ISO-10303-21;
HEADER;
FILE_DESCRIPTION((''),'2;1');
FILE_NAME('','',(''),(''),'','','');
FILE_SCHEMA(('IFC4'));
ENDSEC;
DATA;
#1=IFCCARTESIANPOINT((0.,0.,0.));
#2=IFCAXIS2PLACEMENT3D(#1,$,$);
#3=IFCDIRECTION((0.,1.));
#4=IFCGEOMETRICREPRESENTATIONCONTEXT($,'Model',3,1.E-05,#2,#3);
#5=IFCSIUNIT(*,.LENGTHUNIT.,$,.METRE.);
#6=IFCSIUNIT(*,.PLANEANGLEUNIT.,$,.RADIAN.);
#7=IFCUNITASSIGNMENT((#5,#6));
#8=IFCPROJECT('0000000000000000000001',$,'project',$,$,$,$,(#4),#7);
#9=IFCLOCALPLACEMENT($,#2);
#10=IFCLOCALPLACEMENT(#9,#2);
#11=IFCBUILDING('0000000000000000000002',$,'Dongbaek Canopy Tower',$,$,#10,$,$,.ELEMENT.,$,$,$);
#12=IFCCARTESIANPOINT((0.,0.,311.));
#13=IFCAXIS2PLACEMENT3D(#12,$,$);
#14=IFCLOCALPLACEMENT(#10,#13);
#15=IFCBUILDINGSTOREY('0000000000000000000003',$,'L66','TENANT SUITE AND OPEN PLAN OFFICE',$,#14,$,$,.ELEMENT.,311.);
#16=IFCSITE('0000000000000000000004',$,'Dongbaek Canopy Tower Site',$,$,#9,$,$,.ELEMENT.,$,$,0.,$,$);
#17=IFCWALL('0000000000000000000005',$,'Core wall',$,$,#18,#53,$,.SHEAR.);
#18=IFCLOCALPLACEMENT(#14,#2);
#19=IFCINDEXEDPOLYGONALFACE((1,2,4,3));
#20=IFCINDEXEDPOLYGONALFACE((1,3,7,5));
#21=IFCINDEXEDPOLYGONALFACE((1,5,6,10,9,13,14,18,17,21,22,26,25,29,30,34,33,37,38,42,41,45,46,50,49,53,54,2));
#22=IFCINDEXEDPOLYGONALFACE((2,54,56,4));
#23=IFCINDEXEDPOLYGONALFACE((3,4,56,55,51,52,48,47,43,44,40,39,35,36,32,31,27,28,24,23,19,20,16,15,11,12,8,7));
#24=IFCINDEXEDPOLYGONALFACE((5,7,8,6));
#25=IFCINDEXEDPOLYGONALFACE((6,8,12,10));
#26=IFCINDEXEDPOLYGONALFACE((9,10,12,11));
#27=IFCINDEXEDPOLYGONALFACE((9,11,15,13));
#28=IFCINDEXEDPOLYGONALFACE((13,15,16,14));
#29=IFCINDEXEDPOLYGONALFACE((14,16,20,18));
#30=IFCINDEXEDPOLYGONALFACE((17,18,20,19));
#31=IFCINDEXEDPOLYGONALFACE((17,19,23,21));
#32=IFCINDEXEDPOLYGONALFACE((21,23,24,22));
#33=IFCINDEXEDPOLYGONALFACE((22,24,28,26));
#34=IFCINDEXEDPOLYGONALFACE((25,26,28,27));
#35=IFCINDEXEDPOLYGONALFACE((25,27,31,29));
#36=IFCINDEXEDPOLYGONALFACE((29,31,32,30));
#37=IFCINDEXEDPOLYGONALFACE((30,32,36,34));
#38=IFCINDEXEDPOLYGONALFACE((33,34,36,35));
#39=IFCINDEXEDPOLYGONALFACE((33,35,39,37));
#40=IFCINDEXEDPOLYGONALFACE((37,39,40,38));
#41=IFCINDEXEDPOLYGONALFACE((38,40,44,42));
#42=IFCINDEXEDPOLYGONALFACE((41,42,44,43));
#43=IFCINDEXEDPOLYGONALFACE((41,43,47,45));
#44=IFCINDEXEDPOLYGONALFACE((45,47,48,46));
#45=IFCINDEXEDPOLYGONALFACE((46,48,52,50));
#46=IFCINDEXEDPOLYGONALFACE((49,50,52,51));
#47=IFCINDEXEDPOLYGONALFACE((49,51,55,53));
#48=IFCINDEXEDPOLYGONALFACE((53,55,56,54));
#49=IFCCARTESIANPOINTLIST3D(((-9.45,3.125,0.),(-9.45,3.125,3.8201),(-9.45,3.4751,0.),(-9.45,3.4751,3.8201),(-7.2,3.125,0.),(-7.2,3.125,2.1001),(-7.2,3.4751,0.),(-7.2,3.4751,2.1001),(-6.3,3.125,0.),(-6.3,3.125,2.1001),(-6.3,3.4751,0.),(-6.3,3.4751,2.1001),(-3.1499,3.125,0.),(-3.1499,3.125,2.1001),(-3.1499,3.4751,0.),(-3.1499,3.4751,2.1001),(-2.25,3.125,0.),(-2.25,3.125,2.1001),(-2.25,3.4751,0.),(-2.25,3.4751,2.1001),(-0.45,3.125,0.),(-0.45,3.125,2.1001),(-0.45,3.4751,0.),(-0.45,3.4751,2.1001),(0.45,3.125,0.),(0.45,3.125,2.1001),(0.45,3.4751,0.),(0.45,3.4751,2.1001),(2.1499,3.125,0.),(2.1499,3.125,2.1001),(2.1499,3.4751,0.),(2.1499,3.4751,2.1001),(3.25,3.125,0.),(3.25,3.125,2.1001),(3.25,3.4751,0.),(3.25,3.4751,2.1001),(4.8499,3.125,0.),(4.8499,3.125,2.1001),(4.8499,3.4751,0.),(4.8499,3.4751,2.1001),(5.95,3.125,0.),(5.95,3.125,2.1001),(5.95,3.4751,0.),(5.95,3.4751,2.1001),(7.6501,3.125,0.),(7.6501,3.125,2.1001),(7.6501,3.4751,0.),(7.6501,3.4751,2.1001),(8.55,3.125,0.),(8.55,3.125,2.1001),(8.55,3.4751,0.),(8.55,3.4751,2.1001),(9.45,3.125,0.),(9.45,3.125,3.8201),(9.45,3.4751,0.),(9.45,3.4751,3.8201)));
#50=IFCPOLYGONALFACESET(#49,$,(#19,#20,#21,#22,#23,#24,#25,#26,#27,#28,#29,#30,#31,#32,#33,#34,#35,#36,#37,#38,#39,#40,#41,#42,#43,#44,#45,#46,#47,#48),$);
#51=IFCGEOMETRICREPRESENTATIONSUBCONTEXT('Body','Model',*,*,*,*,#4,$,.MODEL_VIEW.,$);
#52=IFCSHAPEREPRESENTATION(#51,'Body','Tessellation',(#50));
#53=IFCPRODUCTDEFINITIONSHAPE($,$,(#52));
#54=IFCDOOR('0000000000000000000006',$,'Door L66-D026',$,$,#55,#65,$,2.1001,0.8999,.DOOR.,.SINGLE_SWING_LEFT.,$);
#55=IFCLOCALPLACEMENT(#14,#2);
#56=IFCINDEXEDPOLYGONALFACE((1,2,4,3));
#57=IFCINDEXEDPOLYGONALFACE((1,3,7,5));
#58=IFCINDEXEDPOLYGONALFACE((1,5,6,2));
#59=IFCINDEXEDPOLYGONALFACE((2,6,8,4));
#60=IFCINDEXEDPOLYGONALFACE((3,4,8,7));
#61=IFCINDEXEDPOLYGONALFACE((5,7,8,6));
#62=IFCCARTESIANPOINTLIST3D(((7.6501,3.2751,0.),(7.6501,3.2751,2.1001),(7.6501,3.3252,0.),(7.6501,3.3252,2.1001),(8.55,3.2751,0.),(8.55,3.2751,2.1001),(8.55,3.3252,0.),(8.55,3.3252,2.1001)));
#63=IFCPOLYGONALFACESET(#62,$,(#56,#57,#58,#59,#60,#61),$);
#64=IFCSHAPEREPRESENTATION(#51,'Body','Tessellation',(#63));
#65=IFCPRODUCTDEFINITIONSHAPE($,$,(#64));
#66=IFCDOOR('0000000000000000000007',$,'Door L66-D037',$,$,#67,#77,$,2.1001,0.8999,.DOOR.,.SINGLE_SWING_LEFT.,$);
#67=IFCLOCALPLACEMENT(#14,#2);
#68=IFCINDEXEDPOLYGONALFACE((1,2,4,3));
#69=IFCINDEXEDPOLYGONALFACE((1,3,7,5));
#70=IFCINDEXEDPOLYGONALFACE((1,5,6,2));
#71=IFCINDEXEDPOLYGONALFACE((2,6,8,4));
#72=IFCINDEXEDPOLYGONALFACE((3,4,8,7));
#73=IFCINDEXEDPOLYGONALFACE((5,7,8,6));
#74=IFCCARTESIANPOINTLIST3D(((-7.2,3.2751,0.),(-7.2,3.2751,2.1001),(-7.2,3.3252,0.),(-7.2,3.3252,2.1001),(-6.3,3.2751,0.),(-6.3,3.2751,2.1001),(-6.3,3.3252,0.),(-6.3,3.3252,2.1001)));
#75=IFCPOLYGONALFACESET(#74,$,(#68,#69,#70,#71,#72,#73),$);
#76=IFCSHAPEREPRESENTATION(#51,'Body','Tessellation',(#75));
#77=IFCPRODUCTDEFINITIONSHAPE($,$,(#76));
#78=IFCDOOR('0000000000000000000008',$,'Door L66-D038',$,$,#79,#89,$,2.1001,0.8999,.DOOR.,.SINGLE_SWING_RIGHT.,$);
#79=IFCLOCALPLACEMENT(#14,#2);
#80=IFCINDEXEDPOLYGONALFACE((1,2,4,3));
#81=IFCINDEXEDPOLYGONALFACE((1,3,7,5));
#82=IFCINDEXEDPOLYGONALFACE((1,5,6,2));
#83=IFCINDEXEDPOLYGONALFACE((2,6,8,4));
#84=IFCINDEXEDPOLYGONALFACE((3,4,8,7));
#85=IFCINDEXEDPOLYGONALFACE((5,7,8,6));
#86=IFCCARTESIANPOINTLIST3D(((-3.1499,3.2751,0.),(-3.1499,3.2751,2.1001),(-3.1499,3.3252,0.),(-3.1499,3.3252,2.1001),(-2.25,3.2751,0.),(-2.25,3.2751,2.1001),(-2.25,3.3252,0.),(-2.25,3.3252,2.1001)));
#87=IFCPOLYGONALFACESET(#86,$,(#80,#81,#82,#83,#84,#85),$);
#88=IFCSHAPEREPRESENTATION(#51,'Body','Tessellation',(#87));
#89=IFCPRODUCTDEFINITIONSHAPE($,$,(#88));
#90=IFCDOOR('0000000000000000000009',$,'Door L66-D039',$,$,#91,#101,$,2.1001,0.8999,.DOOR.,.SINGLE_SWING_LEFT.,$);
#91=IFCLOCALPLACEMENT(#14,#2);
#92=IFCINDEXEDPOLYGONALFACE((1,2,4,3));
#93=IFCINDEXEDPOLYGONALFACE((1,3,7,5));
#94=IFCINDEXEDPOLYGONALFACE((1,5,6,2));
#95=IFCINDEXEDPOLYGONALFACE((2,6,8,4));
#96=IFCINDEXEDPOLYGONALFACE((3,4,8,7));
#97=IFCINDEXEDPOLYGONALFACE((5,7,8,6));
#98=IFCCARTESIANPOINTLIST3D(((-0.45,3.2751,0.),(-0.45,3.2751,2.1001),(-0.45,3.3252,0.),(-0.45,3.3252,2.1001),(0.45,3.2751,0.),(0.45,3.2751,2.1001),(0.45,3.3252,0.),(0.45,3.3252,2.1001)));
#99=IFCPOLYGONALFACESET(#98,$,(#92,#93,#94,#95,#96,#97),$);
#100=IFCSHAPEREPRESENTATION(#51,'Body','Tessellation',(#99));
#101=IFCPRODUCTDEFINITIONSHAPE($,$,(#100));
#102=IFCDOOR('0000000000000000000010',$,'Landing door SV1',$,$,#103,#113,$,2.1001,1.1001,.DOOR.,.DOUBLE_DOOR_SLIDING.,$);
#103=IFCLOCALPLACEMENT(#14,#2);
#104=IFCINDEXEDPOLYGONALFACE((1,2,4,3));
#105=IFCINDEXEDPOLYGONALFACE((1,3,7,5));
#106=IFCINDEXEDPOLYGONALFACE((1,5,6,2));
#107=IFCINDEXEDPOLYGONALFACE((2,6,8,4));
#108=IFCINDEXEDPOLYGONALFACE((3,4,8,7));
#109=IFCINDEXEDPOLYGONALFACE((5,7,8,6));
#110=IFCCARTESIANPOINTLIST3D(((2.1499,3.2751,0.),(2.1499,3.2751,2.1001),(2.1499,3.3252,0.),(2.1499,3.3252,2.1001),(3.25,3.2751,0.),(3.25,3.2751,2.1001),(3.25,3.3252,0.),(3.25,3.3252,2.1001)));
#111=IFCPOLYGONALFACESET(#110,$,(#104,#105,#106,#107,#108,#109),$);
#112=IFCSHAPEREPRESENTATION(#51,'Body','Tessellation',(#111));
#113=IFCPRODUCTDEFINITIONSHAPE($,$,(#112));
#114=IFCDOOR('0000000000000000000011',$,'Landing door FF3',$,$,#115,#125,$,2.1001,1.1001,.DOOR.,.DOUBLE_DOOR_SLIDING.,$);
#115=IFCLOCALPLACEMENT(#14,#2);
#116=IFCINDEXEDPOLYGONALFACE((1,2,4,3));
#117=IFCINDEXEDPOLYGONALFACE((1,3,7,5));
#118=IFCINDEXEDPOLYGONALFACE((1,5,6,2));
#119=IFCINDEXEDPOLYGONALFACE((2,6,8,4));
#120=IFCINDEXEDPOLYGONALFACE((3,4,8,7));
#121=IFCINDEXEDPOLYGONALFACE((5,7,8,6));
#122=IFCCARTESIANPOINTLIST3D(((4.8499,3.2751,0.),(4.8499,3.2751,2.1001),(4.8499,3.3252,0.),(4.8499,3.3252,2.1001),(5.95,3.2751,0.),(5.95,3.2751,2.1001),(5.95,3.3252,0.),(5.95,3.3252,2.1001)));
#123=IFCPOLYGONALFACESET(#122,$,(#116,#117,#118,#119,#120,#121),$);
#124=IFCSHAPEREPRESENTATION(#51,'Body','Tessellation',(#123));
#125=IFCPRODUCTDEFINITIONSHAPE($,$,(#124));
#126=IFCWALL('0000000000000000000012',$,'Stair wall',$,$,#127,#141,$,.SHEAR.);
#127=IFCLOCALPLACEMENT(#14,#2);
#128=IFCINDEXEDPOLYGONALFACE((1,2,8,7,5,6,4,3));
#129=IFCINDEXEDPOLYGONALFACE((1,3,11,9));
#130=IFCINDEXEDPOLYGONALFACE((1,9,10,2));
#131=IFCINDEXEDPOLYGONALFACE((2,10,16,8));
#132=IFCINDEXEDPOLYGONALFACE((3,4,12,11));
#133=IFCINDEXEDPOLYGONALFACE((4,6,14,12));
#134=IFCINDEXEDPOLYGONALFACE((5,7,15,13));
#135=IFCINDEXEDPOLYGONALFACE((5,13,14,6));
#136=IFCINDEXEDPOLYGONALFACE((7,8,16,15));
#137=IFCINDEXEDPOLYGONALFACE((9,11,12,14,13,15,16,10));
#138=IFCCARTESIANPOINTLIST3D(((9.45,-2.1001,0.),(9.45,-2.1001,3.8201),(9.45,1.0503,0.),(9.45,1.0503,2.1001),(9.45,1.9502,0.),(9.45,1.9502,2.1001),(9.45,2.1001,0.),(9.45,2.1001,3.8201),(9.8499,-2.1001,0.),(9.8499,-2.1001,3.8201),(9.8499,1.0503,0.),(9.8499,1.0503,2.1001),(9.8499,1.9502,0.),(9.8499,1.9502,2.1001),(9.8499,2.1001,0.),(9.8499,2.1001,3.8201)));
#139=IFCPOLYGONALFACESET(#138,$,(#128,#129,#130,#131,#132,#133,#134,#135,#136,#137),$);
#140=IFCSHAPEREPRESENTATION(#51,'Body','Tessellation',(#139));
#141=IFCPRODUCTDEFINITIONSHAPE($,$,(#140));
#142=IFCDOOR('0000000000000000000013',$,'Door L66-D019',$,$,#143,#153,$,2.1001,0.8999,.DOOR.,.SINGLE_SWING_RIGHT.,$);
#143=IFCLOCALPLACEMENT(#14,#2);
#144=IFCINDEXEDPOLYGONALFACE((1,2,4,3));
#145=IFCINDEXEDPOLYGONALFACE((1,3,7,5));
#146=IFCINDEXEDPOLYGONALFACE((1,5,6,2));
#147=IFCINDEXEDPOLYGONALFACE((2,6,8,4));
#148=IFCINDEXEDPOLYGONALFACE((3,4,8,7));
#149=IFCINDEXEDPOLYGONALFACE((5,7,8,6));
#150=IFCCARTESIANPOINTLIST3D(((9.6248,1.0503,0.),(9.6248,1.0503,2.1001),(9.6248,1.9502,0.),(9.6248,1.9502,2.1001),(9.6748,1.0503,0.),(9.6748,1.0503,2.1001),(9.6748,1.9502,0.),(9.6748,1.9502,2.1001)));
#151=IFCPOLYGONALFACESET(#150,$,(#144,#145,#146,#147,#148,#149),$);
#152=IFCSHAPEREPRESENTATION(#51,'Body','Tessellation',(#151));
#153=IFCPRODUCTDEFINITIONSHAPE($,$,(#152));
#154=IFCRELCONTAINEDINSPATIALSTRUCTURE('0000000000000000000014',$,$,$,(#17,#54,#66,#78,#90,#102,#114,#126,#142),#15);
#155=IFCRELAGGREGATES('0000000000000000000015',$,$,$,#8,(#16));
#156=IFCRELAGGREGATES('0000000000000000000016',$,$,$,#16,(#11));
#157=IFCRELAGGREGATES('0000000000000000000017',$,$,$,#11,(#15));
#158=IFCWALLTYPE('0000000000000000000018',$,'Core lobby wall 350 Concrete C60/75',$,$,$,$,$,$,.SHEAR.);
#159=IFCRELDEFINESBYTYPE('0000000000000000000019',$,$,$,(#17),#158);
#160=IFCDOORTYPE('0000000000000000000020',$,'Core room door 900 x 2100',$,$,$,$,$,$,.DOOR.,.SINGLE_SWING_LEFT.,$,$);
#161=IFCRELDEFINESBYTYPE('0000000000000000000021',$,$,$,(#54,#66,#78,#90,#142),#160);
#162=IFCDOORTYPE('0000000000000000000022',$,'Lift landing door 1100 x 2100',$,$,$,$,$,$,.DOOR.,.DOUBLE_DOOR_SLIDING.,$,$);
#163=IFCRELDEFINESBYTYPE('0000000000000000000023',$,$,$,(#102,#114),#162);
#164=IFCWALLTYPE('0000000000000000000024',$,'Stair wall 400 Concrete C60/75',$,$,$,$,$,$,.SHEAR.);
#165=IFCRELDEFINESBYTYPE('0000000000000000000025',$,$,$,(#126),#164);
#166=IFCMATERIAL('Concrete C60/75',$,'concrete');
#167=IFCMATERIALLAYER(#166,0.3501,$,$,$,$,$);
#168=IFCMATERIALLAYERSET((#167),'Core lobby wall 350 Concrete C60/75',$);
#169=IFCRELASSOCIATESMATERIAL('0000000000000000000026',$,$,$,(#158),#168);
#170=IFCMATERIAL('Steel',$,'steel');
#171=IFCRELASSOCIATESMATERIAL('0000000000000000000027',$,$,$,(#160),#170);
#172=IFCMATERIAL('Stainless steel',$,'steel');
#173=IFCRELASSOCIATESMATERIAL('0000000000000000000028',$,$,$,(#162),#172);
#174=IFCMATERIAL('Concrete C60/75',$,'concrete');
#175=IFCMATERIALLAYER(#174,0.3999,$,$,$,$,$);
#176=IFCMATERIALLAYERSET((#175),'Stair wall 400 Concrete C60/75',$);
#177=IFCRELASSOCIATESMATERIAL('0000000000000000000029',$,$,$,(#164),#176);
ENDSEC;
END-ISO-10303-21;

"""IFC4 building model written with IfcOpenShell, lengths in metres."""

from ifc_helpers import new_model, si_unit, direction, frame, frame_2d, origin, place, context, subcontext, project, spatial, rectangle, extrude, material, layer, layer_set, type_object, element, fill, save


model = new_model("IFC4")

# Units and contexts
model_context = context("Model", 3, precision=1e-05, world=origin(), true_north=direction((0.0, 1.0)))
body_context = subcontext(model_context, "Body", "Model", "MODEL_VIEW")
ifc_project = project(units=[si_unit("LENGTHUNIT", "METRE"), si_unit("PLANEANGLEUNIT", "RADIAN")], contexts=[model_context])

# Site, building, storey
site_placement = place(None, origin())
site = spatial("IfcSite", under=ifc_project, at=site_placement, Name="Dongbaek Canopy Tower Site", CompositionType="ELEMENT", RefElevation=0.0)
building_placement = place(site_placement, origin())
building = spatial("IfcBuilding", under=site, at=building_placement, Name="Dongbaek Canopy Tower", CompositionType="ELEMENT")
storey_placement = place(building_placement, frame((0.0, 0.0, 311.0)))
storey = spatial("IfcBuildingStorey", under=building, at=storey_placement, Name="L66", Description="TENANT SUITE AND OPEN PLAN OFFICE", CompositionType="ELEMENT", Elevation=311.0)

# Wall, openings, doors
ifc_material_1 = material(Name="Concrete C60/75", Category="concrete")
ifc_layer_1 = layer(ifc_material_1, 0.3501)
ifc_layer_set_1 = layer_set([ifc_layer_1], Name="Core lobby wall 350 Concrete C60/75")
wall_type_1 = type_object("IfcWallType", Name="Core lobby wall 350 Concrete C60/75", PredefinedType="SHEAR", material=ifc_layer_set_1)
wall_1_placement = place(storey_placement, frame((9.45, 3.3, 0.0), z_axis=(0.0, 0.0, 1.0), x_axis=(-1.0, 0.0, 0.0)))
wall_1 = element("IfcWall", 1, at=wall_1_placement, inside=storey, type_object=wall_type_1, Name="Core wall", PredefinedType="SHEAR", context=body_context, shape_type="SweptSolid", body=[
    extrude(rectangle(XDim=18.8999, YDim=0.3501, at=frame_2d((9.45, 0.0))), origin(), (0.0, 0.0, 1.0), 3.8201),
])
opening_1_placement = place(wall_1_placement, frame((6.2, 0.0, 0.0)))
opening_1 = element("IfcOpeningElement", 2, at=opening_1_placement, cuts=wall_1, PredefinedType="OPENING", context=body_context, shape_type="SweptSolid", body=[
    extrude(rectangle(XDim=1.1001, YDim=2.1001, at=frame_2d((0.55, 1.05))), frame((0.0, 0.1851, 0.0), z_axis=(0.0, -1.0, 0.0), x_axis=(1.0, 0.0, 0.0)), (0.0, 0.0, 1.0), 0.3701),
])
opening_2_placement = place(wall_1_placement, frame((3.5, 0.0, 0.0)))
opening_2 = element("IfcOpeningElement", 3, at=opening_2_placement, cuts=wall_1, PredefinedType="OPENING", context=body_context, shape_type="SweptSolid", body=[
    extrude(rectangle(XDim=1.1001, YDim=2.1001, at=frame_2d((0.55, 1.05))), frame((0.0, 0.1851, 0.0), z_axis=(0.0, -1.0, 0.0), x_axis=(1.0, 0.0, 0.0)), (0.0, 0.0, 1.0), 0.3701),
])
opening_3_placement = place(wall_1_placement, frame((0.8999, 0.0, 0.0)))
opening_3 = element("IfcOpeningElement", 4, at=opening_3_placement, cuts=wall_1, PredefinedType="OPENING", context=body_context, shape_type="SweptSolid", body=[
    extrude(rectangle(XDim=0.8999, YDim=2.1001, at=frame_2d((0.45, 1.05))), frame((0.0, 0.1851, 0.0), z_axis=(0.0, -1.0, 0.0), x_axis=(1.0, 0.0, 0.0)), (0.0, 0.0, 1.0), 0.3701),
])
opening_4_placement = place(wall_1_placement, frame((15.75, 0.0, 0.0)))
opening_4 = element("IfcOpeningElement", 5, at=opening_4_placement, cuts=wall_1, PredefinedType="OPENING", context=body_context, shape_type="SweptSolid", body=[
    extrude(rectangle(XDim=0.8999, YDim=2.1001, at=frame_2d((0.45, 1.05))), frame((0.0, 0.1851, 0.0), z_axis=(0.0, -1.0, 0.0), x_axis=(1.0, 0.0, 0.0)), (0.0, 0.0, 1.0), 0.3701),
])
opening_5_placement = place(wall_1_placement, frame((11.7, 0.0, 0.0)))
opening_5 = element("IfcOpeningElement", 6, at=opening_5_placement, cuts=wall_1, PredefinedType="OPENING", context=body_context, shape_type="SweptSolid", body=[
    extrude(rectangle(XDim=0.8999, YDim=2.1001, at=frame_2d((0.45, 1.05))), frame((0.0, 0.1851, 0.0), z_axis=(0.0, -1.0, 0.0), x_axis=(1.0, 0.0, 0.0)), (0.0, 0.0, 1.0), 0.3701),
])
opening_6_placement = place(wall_1_placement, frame((9.0, 0.0, 0.0)))
opening_6 = element("IfcOpeningElement", 7, at=opening_6_placement, cuts=wall_1, PredefinedType="OPENING", context=body_context, shape_type="SweptSolid", body=[
    extrude(rectangle(XDim=0.8999, YDim=2.1001, at=frame_2d((0.45, 1.05))), frame((0.0, 0.1851, 0.0), z_axis=(0.0, -1.0, 0.0), x_axis=(1.0, 0.0, 0.0)), (0.0, 0.0, 1.0), 0.3701),
])
ifc_material_2 = material(Name="Steel", Category="steel")
door_type_1 = type_object("IfcDoorType", Name="Core room door 900 x 2100", OperationType="SINGLE_SWING_LEFT", PredefinedType="DOOR", material=ifc_material_2)
door_1_placement = place(opening_3_placement, origin())
door_1 = element("IfcDoor", 8, at=door_1_placement, inside=storey, type_object=door_type_1, Name="Door L66-D026", OperationType="SINGLE_SWING_LEFT", OverallHeight=2.1001, OverallWidth=0.8999, PredefinedType="DOOR", context=body_context, shape_type="SweptSolid", body=[
    extrude(rectangle(XDim=0.8999, YDim=2.1001, at=frame_2d((0.45, 1.05))), frame((0.0, 0.0249, 0.0), z_axis=(0.0, -1.0, 0.0), x_axis=(1.0, 0.0, 0.0)), (0.0, 0.0, 1.0), 0.05),
])
fill(opening_3, door_1)
door_2_placement = place(opening_4_placement, origin())
door_2 = element("IfcDoor", 9, at=door_2_placement, inside=storey, type_object=door_type_1, Name="Door L66-D037", OperationType="SINGLE_SWING_LEFT", OverallHeight=2.1001, OverallWidth=0.8999, PredefinedType="DOOR", context=body_context, shape_type="SweptSolid", body=[
    extrude(rectangle(XDim=0.8999, YDim=2.1001, at=frame_2d((0.45, 1.05))), frame((0.0, 0.0249, 0.0), z_axis=(0.0, -1.0, 0.0), x_axis=(1.0, 0.0, 0.0)), (0.0, 0.0, 1.0), 0.05),
])
fill(opening_4, door_2)
door_3_placement = place(opening_5_placement, origin())
door_3 = element("IfcDoor", 10, at=door_3_placement, inside=storey, type_object=door_type_1, Name="Door L66-D038", OperationType="SINGLE_SWING_RIGHT", OverallHeight=2.1001, OverallWidth=0.8999, PredefinedType="DOOR", context=body_context, shape_type="SweptSolid", body=[
    extrude(rectangle(XDim=0.8999, YDim=2.1001, at=frame_2d((0.45, 1.05))), frame((0.0, 0.0249, 0.0), z_axis=(0.0, -1.0, 0.0), x_axis=(1.0, 0.0, 0.0)), (0.0, 0.0, 1.0), 0.05),
])
fill(opening_5, door_3)
door_4_placement = place(opening_6_placement, origin())
door_4 = element("IfcDoor", 11, at=door_4_placement, inside=storey, type_object=door_type_1, Name="Door L66-D039", OperationType="SINGLE_SWING_LEFT", OverallHeight=2.1001, OverallWidth=0.8999, PredefinedType="DOOR", context=body_context, shape_type="SweptSolid", body=[
    extrude(rectangle(XDim=0.8999, YDim=2.1001, at=frame_2d((0.45, 1.05))), frame((0.0, 0.0249, 0.0), z_axis=(0.0, -1.0, 0.0), x_axis=(1.0, 0.0, 0.0)), (0.0, 0.0, 1.0), 0.05),
])
fill(opening_6, door_4)
ifc_material_3 = material(Name="Stainless steel", Category="steel")
door_type_2 = type_object("IfcDoorType", Name="Lift landing door 1100 x 2100", OperationType="DOUBLE_DOOR_SLIDING", PredefinedType="DOOR", material=ifc_material_3)
door_5_placement = place(opening_1_placement, origin())
door_5 = element("IfcDoor", 12, at=door_5_placement, inside=storey, type_object=door_type_2, Name="Landing door SV1", OperationType="DOUBLE_DOOR_SLIDING", OverallHeight=2.1001, OverallWidth=1.1001, PredefinedType="DOOR", context=body_context, shape_type="SweptSolid", body=[
    extrude(rectangle(XDim=1.1001, YDim=2.1001, at=frame_2d((0.55, 1.05))), frame((0.0, 0.0249, 0.0), z_axis=(0.0, -1.0, 0.0), x_axis=(1.0, 0.0, 0.0)), (0.0, 0.0, 1.0), 0.05),
])
fill(opening_1, door_5)
door_6_placement = place(opening_2_placement, origin())
door_6 = element("IfcDoor", 13, at=door_6_placement, inside=storey, type_object=door_type_2, Name="Landing door FF3", OperationType="DOUBLE_DOOR_SLIDING", OverallHeight=2.1001, OverallWidth=1.1001, PredefinedType="DOOR", context=body_context, shape_type="SweptSolid", body=[
    extrude(rectangle(XDim=1.1001, YDim=2.1001, at=frame_2d((0.55, 1.05))), frame((0.0, 0.0249, 0.0), z_axis=(0.0, -1.0, 0.0), x_axis=(1.0, 0.0, 0.0)), (0.0, 0.0, 1.0), 0.05),
])
fill(opening_2, door_6)

# Wall, opening, door
ifc_material_4 = material(Name="Concrete C60/75", Category="concrete")
ifc_layer_2 = layer(ifc_material_4, 0.3999)
ifc_layer_set_2 = layer_set([ifc_layer_2], Name="Stair wall 400 Concrete C60/75")
wall_type_2 = type_object("IfcWallType", Name="Stair wall 400 Concrete C60/75", PredefinedType="SHEAR", material=ifc_layer_set_2)
wall_2_placement = place(storey_placement, frame((9.6499, 2.1001, 0.0), z_axis=(0.0, 0.0, 1.0), x_axis=(0.0, -1.0, 0.0)))
wall_2 = element("IfcWall", 14, at=wall_2_placement, inside=storey, type_object=wall_type_2, Name="Stair wall", PredefinedType="SHEAR", context=body_context, shape_type="SweptSolid", body=[
    extrude(rectangle(XDim=4.2002, YDim=0.3999, at=frame_2d((2.1001, 0.0))), origin(), (0.0, 0.0, 1.0), 3.8201),
])
opening_7_placement = place(wall_2_placement, frame((0.1499, 0.0, 0.0)))
opening_7 = element("IfcOpeningElement", 15, at=opening_7_placement, cuts=wall_2, PredefinedType="OPENING", context=body_context, shape_type="SweptSolid", body=[
    extrude(rectangle(XDim=0.8999, YDim=2.1001, at=frame_2d((0.45, 1.05))), frame((0.0, 0.21, 0.0), z_axis=(0.0, -1.0, 0.0), x_axis=(1.0, 0.0, 0.0)), (0.0, 0.0, 1.0), 0.4199),
])
door_7_placement = place(opening_7_placement, origin())
door_7 = element("IfcDoor", 16, at=door_7_placement, inside=storey, type_object=door_type_1, Name="Door L66-D019", OperationType="SINGLE_SWING_RIGHT", OverallHeight=2.1001, OverallWidth=0.8999, PredefinedType="DOOR", context=body_context, shape_type="SweptSolid", body=[
    extrude(rectangle(XDim=0.8999, YDim=2.1001, at=frame_2d((0.45, 1.05))), frame((0.0, 0.0249, 0.0), z_axis=(0.0, -1.0, 0.0), x_axis=(1.0, 0.0, 0.0)), (0.0, 0.0, 1.0), 0.05),
])
fill(opening_7, door_7)

save(model, "model.ifc")
